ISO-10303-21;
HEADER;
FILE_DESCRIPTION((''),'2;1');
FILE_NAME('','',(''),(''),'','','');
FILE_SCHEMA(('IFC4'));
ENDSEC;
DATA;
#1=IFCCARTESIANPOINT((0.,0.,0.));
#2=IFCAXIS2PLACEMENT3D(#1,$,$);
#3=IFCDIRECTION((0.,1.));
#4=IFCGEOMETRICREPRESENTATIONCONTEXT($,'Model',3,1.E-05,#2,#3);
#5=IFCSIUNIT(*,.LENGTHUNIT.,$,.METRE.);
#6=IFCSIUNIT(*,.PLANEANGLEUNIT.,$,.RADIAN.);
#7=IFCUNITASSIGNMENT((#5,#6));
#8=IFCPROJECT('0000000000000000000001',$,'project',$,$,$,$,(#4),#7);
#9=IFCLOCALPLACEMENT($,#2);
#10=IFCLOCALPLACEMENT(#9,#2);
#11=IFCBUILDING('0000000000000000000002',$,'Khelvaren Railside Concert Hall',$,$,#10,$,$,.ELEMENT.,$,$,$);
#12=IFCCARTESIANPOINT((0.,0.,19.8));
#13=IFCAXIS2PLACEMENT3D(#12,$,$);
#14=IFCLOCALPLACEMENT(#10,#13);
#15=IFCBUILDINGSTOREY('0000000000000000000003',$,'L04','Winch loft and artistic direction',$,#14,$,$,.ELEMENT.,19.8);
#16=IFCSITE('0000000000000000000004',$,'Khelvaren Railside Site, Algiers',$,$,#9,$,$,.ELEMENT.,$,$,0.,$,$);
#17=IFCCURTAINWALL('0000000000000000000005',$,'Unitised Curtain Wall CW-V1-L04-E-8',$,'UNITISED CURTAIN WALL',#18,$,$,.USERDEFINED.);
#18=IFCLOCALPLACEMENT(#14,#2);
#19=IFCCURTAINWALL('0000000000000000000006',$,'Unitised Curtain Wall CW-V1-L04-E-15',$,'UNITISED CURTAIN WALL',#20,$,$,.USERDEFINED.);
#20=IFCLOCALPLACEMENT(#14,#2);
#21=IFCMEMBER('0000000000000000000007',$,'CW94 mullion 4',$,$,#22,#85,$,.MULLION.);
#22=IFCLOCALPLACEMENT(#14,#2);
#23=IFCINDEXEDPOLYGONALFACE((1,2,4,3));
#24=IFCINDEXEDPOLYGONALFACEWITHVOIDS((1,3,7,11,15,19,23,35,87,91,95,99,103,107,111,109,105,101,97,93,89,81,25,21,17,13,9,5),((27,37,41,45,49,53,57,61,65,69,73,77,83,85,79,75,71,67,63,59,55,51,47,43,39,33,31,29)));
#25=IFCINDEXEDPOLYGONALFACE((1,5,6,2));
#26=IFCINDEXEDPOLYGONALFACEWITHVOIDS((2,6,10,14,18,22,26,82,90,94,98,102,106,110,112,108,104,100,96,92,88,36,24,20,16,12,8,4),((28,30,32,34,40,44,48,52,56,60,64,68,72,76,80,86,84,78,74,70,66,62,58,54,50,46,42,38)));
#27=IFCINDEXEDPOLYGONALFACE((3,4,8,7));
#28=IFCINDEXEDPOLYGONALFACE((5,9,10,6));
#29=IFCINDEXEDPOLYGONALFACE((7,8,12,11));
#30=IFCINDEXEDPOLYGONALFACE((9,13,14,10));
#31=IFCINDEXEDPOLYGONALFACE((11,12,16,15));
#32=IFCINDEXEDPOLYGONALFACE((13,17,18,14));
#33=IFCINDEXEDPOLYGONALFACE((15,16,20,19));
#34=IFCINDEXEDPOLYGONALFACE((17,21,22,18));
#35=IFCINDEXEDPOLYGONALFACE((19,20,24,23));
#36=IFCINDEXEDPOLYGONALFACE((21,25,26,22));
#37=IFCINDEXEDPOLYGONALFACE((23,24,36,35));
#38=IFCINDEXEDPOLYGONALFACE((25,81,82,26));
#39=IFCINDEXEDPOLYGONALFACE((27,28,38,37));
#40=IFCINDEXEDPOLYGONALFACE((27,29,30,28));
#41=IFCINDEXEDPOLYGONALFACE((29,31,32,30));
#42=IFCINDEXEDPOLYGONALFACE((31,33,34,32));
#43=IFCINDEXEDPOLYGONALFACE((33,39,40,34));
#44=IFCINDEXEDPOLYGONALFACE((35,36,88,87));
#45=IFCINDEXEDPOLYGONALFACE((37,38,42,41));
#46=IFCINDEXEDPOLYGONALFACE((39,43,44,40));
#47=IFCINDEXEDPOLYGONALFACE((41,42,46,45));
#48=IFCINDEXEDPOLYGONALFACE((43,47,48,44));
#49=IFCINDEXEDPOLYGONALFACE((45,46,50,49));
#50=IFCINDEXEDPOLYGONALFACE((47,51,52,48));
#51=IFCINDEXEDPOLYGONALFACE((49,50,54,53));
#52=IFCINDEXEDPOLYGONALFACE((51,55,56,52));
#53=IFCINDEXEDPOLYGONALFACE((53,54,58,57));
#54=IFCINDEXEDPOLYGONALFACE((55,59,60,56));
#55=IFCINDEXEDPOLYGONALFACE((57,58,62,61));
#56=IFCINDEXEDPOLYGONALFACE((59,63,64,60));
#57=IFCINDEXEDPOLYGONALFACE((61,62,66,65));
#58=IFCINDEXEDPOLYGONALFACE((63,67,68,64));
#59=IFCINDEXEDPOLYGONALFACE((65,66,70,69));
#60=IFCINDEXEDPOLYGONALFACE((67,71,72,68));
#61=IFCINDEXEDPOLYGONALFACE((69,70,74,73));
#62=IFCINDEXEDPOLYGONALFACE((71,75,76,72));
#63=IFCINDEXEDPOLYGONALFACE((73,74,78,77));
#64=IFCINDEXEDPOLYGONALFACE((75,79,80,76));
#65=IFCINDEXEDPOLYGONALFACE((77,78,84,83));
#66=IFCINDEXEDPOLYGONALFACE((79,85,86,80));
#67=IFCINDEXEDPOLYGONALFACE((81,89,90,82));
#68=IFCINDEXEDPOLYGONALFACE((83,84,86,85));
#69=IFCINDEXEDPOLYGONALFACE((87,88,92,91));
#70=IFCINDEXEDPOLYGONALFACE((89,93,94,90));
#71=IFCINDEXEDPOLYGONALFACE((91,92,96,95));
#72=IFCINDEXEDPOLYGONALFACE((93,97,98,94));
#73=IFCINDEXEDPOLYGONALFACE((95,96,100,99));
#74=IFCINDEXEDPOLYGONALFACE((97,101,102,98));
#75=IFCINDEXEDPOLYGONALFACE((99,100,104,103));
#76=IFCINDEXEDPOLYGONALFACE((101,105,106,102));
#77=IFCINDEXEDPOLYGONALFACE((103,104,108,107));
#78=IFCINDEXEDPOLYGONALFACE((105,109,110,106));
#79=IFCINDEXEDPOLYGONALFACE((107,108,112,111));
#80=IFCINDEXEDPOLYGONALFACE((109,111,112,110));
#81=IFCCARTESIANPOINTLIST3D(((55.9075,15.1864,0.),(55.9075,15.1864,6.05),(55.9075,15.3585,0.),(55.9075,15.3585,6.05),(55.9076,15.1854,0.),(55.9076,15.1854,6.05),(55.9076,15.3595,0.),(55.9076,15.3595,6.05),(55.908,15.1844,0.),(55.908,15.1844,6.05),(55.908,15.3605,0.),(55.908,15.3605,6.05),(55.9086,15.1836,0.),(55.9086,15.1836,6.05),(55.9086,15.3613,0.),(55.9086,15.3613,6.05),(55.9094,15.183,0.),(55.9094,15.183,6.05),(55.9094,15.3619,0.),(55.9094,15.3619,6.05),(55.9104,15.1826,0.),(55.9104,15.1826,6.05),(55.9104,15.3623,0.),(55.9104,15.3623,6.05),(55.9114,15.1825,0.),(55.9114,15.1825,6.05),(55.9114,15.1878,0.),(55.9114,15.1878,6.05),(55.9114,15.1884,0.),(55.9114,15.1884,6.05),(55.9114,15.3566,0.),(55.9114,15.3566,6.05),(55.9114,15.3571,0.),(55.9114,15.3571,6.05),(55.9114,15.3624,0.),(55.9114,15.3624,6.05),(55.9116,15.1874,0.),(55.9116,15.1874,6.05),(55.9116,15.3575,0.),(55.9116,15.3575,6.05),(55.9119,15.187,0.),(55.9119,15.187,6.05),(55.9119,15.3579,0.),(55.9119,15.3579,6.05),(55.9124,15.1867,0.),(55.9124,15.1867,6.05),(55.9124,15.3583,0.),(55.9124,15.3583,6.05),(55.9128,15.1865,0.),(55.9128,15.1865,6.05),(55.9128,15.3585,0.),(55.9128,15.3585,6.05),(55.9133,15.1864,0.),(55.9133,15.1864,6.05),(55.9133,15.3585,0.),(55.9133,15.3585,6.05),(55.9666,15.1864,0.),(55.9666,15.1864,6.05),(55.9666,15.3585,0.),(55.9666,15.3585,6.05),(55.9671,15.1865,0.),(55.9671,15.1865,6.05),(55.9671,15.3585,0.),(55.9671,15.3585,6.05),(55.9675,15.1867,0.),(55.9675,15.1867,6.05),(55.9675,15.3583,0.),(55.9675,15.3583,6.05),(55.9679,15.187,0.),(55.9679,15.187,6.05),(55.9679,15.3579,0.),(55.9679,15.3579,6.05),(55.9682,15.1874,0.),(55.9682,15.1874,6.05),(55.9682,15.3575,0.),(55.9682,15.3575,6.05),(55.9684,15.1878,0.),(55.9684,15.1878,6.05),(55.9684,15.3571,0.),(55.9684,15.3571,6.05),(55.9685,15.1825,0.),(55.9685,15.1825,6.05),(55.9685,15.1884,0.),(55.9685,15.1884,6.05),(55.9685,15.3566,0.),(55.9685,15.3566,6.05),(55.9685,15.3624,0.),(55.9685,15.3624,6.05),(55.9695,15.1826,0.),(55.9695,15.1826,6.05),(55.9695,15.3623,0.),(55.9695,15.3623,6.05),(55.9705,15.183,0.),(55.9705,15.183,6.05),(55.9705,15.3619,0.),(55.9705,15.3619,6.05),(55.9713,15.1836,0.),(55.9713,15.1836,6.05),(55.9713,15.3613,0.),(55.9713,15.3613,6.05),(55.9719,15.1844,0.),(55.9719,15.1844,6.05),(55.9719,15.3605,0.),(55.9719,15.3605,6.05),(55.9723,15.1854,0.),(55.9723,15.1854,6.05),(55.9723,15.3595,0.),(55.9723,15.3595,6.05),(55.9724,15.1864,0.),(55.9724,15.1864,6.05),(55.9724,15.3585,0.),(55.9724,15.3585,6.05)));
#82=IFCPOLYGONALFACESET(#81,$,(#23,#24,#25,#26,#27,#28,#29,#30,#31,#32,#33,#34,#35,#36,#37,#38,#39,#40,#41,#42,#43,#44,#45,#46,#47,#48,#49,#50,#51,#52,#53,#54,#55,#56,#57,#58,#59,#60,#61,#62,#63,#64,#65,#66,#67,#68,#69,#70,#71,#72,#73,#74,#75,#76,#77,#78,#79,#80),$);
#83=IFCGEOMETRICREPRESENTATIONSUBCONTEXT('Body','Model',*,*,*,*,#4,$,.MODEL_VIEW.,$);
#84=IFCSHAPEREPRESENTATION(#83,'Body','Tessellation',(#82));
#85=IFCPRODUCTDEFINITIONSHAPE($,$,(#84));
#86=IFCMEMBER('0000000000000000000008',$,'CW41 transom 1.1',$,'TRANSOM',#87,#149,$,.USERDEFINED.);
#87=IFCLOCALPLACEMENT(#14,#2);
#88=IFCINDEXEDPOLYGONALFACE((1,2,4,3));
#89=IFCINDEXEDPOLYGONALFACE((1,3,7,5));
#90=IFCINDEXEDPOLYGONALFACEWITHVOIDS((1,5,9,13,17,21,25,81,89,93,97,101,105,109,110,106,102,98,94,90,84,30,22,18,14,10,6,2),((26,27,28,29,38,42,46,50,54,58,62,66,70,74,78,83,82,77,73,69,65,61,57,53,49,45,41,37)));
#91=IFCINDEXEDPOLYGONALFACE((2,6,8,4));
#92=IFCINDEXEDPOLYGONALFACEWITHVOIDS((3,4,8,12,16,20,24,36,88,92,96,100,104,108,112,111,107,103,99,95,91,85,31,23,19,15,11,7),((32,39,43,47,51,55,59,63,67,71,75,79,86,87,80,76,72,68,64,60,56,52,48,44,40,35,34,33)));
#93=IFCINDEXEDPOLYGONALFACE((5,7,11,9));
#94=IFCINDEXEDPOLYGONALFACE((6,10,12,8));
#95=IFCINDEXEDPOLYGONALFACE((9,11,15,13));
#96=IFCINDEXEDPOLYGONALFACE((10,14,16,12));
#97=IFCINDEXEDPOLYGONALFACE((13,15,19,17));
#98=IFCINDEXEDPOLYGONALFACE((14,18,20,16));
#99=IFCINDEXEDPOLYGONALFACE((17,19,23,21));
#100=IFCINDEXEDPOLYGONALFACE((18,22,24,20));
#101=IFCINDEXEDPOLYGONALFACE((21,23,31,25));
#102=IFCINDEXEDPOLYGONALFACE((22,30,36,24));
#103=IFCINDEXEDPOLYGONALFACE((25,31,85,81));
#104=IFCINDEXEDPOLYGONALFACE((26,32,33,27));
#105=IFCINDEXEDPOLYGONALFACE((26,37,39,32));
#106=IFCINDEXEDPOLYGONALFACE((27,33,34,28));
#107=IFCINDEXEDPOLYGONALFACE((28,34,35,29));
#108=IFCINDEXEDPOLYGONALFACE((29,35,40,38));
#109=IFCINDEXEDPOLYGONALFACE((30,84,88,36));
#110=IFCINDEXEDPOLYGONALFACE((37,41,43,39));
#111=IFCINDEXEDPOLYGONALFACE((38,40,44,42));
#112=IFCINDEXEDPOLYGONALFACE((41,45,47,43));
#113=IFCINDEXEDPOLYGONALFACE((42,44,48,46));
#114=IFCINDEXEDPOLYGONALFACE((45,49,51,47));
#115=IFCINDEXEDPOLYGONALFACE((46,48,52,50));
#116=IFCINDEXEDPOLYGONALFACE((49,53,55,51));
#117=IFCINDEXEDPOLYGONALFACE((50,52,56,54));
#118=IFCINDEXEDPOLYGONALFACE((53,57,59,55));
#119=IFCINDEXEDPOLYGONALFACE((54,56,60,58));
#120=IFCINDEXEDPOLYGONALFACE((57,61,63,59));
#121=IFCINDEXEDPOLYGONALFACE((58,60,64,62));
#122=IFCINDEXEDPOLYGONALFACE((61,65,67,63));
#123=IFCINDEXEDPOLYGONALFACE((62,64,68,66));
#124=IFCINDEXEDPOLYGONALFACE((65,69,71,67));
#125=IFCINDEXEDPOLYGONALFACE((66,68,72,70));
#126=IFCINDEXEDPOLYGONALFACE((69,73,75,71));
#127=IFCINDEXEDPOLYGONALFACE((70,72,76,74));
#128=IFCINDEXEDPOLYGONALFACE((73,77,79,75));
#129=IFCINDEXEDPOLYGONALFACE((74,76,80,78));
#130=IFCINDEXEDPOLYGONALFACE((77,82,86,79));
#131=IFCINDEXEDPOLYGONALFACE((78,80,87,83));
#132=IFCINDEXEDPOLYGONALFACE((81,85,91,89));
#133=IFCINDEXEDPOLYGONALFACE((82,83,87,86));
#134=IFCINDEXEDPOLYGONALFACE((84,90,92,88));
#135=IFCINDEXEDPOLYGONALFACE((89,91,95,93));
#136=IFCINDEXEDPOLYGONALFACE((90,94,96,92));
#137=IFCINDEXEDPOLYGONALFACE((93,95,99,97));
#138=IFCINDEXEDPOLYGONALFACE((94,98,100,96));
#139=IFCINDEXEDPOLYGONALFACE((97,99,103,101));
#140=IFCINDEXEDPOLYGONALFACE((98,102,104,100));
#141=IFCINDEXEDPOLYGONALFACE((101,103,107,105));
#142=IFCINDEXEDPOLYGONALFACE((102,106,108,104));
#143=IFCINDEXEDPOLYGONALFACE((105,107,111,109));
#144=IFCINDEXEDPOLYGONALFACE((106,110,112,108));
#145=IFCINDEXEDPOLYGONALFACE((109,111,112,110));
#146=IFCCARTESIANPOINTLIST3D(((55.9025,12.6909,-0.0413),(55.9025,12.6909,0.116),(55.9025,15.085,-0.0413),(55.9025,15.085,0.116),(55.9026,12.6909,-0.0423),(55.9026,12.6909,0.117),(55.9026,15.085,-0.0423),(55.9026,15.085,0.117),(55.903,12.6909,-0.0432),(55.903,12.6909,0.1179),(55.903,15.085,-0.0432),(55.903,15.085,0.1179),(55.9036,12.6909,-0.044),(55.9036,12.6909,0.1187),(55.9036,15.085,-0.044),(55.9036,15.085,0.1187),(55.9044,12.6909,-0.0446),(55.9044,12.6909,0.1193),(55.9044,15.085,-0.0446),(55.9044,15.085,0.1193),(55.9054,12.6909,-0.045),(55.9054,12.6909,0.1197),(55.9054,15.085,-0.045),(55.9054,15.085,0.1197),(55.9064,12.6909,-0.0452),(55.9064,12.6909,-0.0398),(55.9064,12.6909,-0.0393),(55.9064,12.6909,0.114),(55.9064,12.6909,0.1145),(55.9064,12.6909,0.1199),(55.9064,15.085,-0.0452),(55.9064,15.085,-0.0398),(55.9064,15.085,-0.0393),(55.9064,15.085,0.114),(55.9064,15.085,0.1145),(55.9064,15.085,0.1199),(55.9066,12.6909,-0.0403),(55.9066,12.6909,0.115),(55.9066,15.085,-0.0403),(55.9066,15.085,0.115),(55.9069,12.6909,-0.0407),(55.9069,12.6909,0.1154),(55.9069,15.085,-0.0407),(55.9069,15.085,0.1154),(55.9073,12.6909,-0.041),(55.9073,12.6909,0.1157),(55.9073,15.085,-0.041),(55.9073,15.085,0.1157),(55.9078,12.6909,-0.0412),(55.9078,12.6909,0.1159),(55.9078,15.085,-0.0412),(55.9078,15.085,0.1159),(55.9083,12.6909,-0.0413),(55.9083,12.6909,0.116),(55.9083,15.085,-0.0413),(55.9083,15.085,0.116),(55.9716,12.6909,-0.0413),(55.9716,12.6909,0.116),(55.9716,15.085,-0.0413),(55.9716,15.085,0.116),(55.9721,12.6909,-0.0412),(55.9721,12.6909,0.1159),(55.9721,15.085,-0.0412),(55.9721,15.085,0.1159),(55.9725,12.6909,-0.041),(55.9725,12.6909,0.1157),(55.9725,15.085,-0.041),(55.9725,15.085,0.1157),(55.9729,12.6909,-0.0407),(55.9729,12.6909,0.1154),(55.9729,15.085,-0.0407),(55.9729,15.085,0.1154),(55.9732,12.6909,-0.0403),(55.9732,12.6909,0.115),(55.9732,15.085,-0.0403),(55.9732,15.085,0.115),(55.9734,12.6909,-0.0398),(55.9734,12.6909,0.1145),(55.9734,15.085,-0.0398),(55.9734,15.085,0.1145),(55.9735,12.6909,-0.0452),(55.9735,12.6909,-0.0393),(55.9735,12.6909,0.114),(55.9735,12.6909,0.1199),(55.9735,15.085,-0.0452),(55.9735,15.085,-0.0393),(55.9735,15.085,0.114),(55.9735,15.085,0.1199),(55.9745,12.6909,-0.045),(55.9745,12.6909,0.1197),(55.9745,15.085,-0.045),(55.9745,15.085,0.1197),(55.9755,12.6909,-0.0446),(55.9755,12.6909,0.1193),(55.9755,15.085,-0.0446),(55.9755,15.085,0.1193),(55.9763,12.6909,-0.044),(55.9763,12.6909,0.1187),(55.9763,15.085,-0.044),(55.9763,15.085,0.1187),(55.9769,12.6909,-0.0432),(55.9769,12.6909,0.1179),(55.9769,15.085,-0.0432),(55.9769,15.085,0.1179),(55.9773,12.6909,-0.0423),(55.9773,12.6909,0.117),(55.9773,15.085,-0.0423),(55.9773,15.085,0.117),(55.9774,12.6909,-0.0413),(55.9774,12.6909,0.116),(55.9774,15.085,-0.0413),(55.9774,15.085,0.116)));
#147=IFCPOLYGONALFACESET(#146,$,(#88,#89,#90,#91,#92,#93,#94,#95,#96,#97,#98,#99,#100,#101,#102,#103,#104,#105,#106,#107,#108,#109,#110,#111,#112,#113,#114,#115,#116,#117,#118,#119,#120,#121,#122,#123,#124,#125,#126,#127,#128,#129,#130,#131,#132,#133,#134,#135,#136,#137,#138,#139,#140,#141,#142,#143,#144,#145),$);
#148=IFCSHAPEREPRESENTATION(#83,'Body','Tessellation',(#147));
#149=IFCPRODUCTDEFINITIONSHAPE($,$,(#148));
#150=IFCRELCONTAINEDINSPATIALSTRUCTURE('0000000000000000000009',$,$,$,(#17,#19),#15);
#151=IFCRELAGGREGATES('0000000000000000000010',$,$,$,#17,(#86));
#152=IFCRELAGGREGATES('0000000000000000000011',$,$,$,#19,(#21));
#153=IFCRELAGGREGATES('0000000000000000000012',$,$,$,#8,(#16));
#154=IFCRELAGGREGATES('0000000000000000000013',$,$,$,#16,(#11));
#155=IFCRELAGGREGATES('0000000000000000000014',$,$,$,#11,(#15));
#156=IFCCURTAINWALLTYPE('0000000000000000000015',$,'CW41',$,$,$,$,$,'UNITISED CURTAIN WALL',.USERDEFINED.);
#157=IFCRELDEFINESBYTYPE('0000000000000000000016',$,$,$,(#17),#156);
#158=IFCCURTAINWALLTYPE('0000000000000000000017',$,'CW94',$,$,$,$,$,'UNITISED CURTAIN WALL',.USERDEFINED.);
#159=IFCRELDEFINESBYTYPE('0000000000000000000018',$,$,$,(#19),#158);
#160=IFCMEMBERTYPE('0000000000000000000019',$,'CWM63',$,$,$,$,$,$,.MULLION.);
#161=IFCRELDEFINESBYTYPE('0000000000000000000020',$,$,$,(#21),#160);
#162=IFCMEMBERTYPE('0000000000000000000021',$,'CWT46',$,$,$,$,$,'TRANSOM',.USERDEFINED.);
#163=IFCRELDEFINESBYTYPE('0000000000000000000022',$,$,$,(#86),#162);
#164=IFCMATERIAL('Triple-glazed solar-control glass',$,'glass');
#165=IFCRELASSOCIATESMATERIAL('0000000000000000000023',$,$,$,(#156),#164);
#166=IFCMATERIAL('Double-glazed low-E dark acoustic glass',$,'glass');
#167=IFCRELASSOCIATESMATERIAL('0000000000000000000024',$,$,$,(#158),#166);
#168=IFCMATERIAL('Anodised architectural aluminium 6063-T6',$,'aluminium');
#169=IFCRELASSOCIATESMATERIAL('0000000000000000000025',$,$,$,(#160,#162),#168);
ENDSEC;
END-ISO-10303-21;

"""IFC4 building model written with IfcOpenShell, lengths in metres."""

from ifc_helpers import new_model, si_unit, direction, frame, origin, origin_2d, place, context, subcontext, project, spatial, hollow_rectangle, extrude, material, material_profile, profile_set, type_object, element, aggregate, save


model = new_model("IFC4")

# Units and contexts
model_context = context("Model", 3, precision=1e-05, world=origin(), true_north=direction((0.0, 1.0)))
body_context = subcontext(model_context, "Body", "Model", "MODEL_VIEW")
ifc_project = project(units=[si_unit("LENGTHUNIT", "METRE"), si_unit("PLANEANGLEUNIT", "RADIAN")], contexts=[model_context])

# Site, building, storey
site_placement = place(None, origin())
site = spatial("IfcSite", under=ifc_project, at=site_placement, Name="Khelvaren Railside Site, Algiers", CompositionType="ELEMENT", RefElevation=0.0)
building_placement = place(site_placement, origin())
building = spatial("IfcBuilding", under=site, at=building_placement, Name="Khelvaren Railside Concert Hall", CompositionType="ELEMENT")
storey_placement = place(building_placement, frame((0.0, 0.0, 19.8)))
storey = spatial("IfcBuildingStorey", under=building, at=storey_placement, Name="L04", Description="Winch loft and artistic direction", CompositionType="ELEMENT", Elevation=19.8)

# Curtain walls, member
ifc_material_1 = material(Name="Triple-glazed solar-control glass", Category="glass")
curtain_wall_type_1 = type_object("IfcCurtainWallType", Name="CW41", ElementType="UNITISED CURTAIN WALL", PredefinedType="USERDEFINED", material=ifc_material_1)
curtain_wall_1_placement = place(storey_placement, origin())
curtain_wall_1 = element("IfcCurtainWall", 1, at=curtain_wall_1_placement, inside=storey, type_object=curtain_wall_type_1, Name="Unitised Curtain Wall CW-V1-L04-E-8", ObjectType="UNITISED CURTAIN WALL", PredefinedType="USERDEFINED")
ifc_material_2 = material(Name="Anodised architectural aluminium 6063-T6", Category="aluminium")
ifc_material_3 = material(Name="Double-glazed low-E dark acoustic glass", Category="glass")
curtain_wall_type_2 = type_object("IfcCurtainWallType", Name="CW94", ElementType="UNITISED CURTAIN WALL", PredefinedType="USERDEFINED", material=ifc_material_3)
curtain_wall_2_placement = place(storey_placement, origin())
curtain_wall_2 = element("IfcCurtainWall", 2, at=curtain_wall_2_placement, inside=storey, type_object=curtain_wall_type_2, Name="Unitised Curtain Wall CW-V1-L04-E-15", ObjectType="UNITISED CURTAIN WALL", PredefinedType="USERDEFINED")
ifc_material_profile_1 = material_profile(ifc_material_2, hollow_rectangle(XDim=0.0649, YDim=0.1799, WallThickness=0.0039, InnerFilletRadius=0.002, OuterFilletRadius=0.0039, at=origin_2d()), Name="CWM 65x180x4")
ifc_profile_set_1 = profile_set([ifc_material_profile_1], Name="Anodised architectural aluminium 6063-T6")
member_type_1 = type_object("IfcMemberType", Name="CWM63", PredefinedType="MULLION", material=ifc_profile_set_1)
member_1_placement = place(storey_placement, frame((55.9399, 15.2725, 0.0), z_axis=(0.0, 0.0, 1.0), x_axis=(1.0, 0.0, 0.0)))
member_1 = element("IfcMember", 3, at=member_1_placement, type_object=member_type_1, Name="CW94 mullion 4", PredefinedType="MULLION", context=body_context, shape_type="SweptSolid", body=[
    extrude(hollow_rectangle(XDim=0.0649, YDim=0.1799, WallThickness=0.0039, InnerFilletRadius=0.002, OuterFilletRadius=0.0039, at=origin_2d()), origin(), (0.0, 0.0, 1.0), 6.05),
])

# Member
ifc_material_profile_2 = material_profile(ifc_material_2, hollow_rectangle(XDim=0.075, YDim=0.165, WallThickness=0.0039, InnerFilletRadius=0.002, OuterFilletRadius=0.0039, at=origin_2d()), Name="CWT 75x165x4")
ifc_profile_set_2 = profile_set([ifc_material_profile_2], Name="Anodised architectural aluminium 6063-T6")
member_type_2 = type_object("IfcMemberType", Name="CWT46", ElementType="TRANSOM", PredefinedType="USERDEFINED", material=ifc_profile_set_2)
member_2_placement = place(storey_placement, frame((55.9399, 15.085, 0.0374), z_axis=(0.0, -1.0, 0.0), x_axis=(1.0, 0.0, 0.0)))
member_2 = element("IfcMember", 4, at=member_2_placement, type_object=member_type_2, Name="CW41 transom 1.1", ObjectType="TRANSOM", PredefinedType="USERDEFINED", context=body_context, shape_type="SweptSolid", body=[
    extrude(hollow_rectangle(XDim=0.075, YDim=0.165, WallThickness=0.0039, InnerFilletRadius=0.002, OuterFilletRadius=0.0039, at=origin_2d()), origin(), (0.0, 0.0, 1.0), 2.394),
])

aggregate(curtain_wall_1, [member_2])
aggregate(curtain_wall_2, [member_1])

save(model, "model.ifc")
